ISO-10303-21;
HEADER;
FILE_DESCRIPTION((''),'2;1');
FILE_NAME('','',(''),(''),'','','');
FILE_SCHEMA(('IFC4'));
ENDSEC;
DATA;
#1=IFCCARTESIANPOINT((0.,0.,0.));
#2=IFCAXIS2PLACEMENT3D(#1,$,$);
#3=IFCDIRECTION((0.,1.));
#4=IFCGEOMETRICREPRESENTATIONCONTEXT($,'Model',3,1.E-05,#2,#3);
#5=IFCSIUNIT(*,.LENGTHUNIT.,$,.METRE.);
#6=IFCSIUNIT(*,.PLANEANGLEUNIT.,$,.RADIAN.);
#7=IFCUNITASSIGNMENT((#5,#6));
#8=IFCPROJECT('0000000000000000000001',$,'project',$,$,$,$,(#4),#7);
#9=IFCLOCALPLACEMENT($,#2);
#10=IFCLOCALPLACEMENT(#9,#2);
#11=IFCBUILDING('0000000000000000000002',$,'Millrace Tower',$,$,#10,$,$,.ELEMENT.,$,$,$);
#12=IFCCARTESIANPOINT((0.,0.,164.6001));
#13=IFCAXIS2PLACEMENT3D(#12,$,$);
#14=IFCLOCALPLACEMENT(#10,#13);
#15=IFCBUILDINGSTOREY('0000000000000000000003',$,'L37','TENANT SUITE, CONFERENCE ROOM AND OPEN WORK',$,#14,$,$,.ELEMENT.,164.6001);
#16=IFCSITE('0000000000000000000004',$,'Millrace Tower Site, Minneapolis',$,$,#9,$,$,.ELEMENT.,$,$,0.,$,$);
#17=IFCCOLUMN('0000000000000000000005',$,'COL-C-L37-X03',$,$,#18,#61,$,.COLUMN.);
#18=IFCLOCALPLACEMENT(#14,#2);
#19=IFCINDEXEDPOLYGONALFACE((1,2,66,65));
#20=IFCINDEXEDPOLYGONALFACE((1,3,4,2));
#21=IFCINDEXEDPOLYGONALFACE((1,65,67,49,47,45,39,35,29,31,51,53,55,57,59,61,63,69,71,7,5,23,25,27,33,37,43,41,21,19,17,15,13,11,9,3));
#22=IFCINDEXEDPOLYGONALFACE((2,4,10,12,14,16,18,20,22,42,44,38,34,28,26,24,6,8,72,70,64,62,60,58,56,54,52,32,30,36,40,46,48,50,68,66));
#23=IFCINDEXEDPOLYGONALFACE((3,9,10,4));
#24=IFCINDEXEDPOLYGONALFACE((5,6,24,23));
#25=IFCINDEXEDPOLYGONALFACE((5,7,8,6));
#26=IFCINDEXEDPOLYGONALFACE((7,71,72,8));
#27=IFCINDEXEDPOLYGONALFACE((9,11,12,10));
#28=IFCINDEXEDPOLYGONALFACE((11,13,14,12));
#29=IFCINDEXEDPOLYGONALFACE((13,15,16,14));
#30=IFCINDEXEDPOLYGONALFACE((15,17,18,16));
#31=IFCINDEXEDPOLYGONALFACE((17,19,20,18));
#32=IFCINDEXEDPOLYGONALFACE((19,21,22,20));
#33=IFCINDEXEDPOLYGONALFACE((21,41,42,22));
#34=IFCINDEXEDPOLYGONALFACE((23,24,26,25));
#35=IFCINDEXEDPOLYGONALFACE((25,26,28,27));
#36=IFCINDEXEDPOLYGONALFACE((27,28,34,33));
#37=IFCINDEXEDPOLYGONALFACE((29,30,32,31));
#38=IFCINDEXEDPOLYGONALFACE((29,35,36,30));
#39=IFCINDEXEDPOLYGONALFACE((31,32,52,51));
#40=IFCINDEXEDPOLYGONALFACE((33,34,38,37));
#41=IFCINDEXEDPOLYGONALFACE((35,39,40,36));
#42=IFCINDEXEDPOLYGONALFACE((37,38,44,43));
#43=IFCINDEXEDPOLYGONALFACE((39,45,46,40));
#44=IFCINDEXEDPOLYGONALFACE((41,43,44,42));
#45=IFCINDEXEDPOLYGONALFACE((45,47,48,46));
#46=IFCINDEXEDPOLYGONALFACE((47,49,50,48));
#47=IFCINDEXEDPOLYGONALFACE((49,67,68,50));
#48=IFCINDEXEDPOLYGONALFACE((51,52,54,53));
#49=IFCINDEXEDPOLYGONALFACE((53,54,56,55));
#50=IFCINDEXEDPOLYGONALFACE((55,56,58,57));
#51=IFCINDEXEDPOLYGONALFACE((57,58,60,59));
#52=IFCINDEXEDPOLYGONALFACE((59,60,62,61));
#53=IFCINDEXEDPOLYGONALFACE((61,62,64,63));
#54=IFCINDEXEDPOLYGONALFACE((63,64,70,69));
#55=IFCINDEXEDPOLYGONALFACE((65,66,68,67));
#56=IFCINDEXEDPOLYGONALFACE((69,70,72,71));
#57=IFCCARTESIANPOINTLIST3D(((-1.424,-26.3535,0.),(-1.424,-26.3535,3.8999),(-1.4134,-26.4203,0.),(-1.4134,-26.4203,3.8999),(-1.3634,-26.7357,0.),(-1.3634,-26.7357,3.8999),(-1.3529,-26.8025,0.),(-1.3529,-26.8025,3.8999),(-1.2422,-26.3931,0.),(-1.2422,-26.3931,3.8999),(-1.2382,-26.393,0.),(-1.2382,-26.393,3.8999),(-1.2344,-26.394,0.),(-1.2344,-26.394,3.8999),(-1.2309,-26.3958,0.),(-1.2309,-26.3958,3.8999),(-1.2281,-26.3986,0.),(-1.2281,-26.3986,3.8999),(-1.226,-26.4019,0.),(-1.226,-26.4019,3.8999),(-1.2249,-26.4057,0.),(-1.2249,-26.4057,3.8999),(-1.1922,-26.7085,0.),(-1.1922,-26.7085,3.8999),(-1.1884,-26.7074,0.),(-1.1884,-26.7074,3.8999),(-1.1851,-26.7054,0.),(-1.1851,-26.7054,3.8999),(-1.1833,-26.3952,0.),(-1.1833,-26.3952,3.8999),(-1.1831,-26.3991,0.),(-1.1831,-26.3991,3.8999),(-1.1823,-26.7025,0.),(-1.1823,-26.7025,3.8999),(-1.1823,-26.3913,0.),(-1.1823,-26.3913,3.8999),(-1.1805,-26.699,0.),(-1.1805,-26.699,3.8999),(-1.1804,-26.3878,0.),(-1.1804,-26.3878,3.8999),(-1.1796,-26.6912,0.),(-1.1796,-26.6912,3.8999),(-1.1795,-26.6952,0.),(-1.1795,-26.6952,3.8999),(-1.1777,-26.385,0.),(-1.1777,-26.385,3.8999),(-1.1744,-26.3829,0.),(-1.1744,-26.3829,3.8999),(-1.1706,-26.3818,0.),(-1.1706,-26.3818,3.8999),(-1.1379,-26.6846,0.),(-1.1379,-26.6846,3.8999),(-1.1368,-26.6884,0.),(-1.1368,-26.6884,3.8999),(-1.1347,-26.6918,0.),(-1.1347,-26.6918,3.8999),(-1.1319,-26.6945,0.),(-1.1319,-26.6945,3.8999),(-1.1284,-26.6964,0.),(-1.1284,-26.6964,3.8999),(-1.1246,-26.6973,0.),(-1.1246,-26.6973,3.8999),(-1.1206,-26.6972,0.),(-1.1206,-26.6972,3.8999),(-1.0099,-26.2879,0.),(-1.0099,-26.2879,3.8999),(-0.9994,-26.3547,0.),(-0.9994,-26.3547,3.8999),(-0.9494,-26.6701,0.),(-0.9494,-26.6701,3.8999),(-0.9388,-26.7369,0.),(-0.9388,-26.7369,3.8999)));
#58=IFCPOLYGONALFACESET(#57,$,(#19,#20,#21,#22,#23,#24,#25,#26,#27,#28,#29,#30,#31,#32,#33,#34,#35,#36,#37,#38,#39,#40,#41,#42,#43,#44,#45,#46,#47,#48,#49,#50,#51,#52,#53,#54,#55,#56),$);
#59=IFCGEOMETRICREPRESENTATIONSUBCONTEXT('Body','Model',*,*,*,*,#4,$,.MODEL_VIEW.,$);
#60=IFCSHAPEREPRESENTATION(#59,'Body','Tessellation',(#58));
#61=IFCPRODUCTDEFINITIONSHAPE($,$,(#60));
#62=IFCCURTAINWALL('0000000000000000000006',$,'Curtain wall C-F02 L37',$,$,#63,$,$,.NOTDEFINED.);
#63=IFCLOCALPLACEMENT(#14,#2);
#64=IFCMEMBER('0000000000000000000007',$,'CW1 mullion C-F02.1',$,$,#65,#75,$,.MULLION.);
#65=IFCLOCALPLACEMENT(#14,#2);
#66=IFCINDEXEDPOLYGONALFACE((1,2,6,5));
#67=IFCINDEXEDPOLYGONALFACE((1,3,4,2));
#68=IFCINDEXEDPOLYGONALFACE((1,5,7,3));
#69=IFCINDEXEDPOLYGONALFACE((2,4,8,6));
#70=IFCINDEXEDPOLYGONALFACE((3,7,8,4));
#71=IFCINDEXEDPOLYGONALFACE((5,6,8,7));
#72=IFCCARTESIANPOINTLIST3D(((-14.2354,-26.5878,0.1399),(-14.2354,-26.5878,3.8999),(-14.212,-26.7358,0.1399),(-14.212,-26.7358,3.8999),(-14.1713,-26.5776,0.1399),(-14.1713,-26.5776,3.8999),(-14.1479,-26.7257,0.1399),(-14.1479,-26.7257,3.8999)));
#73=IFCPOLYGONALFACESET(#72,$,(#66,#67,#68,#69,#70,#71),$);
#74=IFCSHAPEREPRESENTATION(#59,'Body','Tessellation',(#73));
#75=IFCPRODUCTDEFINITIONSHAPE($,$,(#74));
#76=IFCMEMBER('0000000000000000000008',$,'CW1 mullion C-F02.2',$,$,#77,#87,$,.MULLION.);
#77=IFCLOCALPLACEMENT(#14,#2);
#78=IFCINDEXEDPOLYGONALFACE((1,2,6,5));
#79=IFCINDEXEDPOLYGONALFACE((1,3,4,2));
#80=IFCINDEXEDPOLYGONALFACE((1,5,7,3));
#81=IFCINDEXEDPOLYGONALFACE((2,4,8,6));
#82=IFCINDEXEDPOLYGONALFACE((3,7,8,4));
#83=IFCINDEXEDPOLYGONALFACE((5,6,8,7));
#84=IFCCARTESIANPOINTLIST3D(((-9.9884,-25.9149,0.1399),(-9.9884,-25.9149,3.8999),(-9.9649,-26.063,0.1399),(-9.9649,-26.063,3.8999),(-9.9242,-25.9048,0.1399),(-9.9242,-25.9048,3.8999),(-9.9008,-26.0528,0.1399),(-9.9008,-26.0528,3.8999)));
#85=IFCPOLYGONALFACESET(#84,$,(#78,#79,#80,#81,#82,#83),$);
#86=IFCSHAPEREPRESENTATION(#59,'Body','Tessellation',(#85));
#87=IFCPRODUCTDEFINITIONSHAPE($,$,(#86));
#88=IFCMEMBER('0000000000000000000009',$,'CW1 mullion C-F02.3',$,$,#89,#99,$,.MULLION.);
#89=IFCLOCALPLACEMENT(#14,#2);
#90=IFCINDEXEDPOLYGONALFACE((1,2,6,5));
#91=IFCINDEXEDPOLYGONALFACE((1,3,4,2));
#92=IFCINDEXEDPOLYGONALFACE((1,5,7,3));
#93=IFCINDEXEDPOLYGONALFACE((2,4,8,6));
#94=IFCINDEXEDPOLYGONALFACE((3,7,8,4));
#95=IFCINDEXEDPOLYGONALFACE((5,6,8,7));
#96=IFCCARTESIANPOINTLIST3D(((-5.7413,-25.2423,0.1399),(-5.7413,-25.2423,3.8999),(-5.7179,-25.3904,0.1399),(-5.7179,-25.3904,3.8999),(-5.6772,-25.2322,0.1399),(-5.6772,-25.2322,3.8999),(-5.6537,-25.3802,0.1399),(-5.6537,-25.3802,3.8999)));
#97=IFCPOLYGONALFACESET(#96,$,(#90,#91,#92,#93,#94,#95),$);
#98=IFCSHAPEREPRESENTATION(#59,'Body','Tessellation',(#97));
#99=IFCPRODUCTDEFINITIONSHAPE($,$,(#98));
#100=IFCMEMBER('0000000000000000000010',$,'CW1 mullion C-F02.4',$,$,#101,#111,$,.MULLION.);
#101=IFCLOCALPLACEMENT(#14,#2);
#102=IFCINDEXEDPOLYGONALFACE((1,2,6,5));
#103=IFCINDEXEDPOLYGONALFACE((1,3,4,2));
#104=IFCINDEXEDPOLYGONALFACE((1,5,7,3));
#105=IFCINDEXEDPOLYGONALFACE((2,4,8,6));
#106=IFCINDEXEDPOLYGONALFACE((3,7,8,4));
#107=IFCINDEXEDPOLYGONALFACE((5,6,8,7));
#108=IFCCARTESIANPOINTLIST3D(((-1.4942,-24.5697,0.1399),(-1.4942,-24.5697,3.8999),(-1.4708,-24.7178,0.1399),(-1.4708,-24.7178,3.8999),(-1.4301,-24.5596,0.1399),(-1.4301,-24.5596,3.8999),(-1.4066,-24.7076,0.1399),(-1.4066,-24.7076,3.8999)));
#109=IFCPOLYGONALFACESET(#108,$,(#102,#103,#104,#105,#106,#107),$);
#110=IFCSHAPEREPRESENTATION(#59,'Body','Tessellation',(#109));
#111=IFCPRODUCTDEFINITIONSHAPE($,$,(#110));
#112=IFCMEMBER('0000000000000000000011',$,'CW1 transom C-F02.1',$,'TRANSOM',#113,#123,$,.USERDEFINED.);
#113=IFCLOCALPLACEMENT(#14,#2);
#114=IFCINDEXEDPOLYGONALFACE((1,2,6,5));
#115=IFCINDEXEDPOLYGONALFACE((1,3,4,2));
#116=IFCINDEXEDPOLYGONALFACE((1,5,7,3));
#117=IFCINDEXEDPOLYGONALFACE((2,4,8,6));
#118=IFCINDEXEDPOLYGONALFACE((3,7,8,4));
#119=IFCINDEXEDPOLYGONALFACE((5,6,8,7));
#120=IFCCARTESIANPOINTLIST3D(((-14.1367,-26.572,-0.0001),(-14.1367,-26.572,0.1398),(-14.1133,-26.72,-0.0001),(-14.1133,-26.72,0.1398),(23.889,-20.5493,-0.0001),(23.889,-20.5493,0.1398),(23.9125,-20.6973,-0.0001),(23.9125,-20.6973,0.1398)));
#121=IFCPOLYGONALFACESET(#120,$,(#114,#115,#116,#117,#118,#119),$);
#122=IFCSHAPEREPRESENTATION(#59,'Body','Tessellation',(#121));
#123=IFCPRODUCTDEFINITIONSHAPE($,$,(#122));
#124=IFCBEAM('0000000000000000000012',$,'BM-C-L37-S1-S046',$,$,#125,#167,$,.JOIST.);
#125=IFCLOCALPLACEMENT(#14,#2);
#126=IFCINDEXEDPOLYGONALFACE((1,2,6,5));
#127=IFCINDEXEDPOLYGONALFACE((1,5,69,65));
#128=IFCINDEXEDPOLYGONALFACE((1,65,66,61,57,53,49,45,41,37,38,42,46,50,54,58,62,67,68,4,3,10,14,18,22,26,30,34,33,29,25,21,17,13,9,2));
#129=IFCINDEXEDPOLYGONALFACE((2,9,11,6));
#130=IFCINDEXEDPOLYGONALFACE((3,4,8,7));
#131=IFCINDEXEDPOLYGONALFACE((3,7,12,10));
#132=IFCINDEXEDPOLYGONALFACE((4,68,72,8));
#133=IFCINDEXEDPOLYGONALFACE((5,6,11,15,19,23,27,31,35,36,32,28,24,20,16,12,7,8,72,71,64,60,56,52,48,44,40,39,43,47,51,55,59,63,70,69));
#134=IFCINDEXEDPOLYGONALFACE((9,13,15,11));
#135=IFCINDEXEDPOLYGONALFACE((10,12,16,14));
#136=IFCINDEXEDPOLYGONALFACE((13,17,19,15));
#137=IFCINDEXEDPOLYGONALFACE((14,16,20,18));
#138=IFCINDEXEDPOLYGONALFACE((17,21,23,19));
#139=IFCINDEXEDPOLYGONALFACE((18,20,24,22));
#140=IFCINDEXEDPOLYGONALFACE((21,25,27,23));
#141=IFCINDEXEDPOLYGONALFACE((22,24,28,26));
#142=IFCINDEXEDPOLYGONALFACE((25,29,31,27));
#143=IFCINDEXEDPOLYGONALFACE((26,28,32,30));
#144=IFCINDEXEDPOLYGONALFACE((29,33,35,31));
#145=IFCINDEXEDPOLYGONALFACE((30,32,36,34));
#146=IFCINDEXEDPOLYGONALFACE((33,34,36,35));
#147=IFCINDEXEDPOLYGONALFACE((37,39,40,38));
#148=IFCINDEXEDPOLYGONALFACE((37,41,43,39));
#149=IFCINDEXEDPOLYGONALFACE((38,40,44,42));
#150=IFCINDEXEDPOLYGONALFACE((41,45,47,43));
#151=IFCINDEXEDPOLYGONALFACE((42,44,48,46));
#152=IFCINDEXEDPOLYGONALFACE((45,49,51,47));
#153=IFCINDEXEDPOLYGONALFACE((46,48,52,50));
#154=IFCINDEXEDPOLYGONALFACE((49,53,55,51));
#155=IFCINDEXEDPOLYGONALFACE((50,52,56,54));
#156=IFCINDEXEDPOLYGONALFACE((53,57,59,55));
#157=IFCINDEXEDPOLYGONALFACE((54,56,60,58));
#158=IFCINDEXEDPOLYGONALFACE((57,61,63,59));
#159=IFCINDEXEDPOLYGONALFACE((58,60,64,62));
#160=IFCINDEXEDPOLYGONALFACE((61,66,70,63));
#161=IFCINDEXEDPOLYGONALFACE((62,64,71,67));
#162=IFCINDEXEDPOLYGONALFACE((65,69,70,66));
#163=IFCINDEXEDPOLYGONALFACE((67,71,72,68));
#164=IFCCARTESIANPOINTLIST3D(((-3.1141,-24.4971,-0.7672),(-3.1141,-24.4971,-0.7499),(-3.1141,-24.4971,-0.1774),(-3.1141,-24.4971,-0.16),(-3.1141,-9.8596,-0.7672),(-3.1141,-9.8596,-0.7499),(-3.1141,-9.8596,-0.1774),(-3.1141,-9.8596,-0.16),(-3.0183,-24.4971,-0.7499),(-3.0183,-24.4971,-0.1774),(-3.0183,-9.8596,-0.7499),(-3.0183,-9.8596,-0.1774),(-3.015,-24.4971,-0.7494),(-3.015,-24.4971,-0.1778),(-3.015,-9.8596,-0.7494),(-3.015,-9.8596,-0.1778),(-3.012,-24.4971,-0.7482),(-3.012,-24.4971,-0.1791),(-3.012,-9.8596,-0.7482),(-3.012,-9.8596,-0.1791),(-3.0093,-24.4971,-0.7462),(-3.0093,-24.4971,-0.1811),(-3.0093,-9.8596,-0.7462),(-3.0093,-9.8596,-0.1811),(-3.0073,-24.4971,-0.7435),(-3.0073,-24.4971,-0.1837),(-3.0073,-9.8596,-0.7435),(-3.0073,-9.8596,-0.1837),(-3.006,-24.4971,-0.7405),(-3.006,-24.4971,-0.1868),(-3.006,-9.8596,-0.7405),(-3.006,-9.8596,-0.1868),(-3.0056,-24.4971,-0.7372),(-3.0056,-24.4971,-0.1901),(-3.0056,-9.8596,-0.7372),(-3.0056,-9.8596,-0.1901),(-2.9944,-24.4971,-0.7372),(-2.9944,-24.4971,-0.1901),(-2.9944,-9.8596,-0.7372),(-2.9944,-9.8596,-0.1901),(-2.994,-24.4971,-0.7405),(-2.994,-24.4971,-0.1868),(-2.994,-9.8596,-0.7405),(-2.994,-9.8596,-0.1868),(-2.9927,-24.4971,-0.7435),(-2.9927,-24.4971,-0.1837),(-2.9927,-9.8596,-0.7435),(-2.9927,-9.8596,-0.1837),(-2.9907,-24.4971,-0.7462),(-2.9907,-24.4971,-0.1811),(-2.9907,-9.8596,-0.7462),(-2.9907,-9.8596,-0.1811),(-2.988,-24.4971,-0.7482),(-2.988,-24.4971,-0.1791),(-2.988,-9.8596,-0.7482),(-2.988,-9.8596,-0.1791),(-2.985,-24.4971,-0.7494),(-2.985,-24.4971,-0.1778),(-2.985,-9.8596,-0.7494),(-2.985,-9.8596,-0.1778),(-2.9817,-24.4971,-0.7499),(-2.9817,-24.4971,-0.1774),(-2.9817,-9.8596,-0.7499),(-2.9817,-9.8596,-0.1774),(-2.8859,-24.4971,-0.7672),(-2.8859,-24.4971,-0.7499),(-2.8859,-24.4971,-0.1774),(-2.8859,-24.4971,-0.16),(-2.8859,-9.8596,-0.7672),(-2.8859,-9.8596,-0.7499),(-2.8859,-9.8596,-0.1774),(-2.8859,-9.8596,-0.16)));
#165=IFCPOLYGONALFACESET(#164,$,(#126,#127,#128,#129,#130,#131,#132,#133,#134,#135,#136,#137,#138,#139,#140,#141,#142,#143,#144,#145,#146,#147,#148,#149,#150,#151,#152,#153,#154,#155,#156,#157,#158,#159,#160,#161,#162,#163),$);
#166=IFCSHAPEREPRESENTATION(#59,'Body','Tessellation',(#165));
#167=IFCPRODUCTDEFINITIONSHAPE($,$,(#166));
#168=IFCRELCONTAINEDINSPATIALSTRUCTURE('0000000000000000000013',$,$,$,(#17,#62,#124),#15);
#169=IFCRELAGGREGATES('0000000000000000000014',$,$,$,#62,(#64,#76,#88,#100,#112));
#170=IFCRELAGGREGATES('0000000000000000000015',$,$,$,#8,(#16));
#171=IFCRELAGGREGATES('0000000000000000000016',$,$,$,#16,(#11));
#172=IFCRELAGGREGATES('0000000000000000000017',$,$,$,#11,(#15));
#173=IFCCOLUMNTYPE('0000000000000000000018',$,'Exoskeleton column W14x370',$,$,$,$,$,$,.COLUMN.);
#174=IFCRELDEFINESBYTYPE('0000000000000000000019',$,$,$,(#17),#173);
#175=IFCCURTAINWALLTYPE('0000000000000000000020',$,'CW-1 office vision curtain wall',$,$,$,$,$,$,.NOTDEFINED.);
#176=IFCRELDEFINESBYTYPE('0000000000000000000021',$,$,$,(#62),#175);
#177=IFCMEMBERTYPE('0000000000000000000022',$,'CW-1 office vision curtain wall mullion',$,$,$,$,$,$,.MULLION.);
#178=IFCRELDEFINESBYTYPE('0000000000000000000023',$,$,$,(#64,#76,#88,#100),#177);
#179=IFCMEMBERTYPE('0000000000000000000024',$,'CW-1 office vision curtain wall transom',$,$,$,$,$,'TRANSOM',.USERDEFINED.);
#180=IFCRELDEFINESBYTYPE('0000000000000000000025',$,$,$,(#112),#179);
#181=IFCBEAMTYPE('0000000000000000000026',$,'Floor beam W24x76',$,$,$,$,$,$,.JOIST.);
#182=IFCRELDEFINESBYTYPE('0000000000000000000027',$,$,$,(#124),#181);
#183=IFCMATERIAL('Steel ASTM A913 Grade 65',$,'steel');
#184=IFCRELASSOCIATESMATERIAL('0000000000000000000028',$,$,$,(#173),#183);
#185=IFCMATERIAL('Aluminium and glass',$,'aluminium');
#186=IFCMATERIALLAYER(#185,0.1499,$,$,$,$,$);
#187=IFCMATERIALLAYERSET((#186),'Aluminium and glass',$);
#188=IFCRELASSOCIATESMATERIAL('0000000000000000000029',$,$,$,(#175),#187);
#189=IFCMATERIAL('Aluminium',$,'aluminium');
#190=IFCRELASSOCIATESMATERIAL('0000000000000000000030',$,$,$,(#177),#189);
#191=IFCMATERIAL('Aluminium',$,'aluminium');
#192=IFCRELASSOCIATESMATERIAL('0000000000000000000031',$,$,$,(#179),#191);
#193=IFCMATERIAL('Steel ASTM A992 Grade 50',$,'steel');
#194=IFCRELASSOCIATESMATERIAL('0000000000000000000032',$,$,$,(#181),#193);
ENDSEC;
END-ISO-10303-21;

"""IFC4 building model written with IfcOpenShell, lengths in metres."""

from ifc_helpers import new_model, si_unit, direction, frame, origin, origin_2d, place, context, subcontext, project, spatial, rectangle, i_section, extrude, material, layer, layer_set, material_profile, profile_set, type_object, element, aggregate, save


model = new_model("IFC4")

# Units and contexts
model_context = context("Model", 3, precision=1e-05, world=origin(), true_north=direction((0.0, 1.0)))
body_context = subcontext(model_context, "Body", "Model", "MODEL_VIEW")
ifc_project = project(units=[si_unit("LENGTHUNIT", "METRE"), si_unit("PLANEANGLEUNIT", "RADIAN")], contexts=[model_context])

# Site, building, storey
site_placement = place(None, origin())
site = spatial("IfcSite", under=ifc_project, at=site_placement, Name="Millrace Tower Site, Minneapolis", CompositionType="ELEMENT", RefElevation=0.0)
building_placement = place(site_placement, origin())
building = spatial("IfcBuilding", under=site, at=building_placement, Name="Millrace Tower", CompositionType="ELEMENT")
storey_placement = place(building_placement, frame((0.0, 0.0, 164.6001)))
storey = spatial("IfcBuildingStorey", under=building, at=storey_placement, Name="L37", Description="TENANT SUITE, CONFERENCE ROOM AND OPEN WORK", CompositionType="ELEMENT", Elevation=164.6001)

# Column
ifc_material_1 = material(Name="Steel ASTM A913 Grade 65", Category="steel")
ifc_material_profile_1 = material_profile(ifc_material_1, i_section(OverallWidth=0.4192, OverallDepth=0.4546, WebThickness=0.0422, FlangeThickness=0.0676, FilletRadius=0.0151, at=origin_2d()))
ifc_profile_set_1 = profile_set([ifc_material_profile_1], Name="Steel ASTM A913 Grade 65")
column_type = type_object("IfcColumnType", Name="Exoskeleton column W14x370", PredefinedType="COLUMN", material=ifc_profile_set_1)
column_placement = place(storey_placement, frame((-1.1814, -26.5452, 0.0), z_axis=(0.0, 0.0, 1.0), x_axis=(0.987688, 0.156434, 0.0)))
element("IfcColumn", 1, at=column_placement, inside=storey, type_object=column_type, Name="COL-C-L37-X03", PredefinedType="COLUMN", context=body_context, shape_type="SweptSolid", body=[
    extrude(i_section(OverallWidth=0.4192, OverallDepth=0.4546, WebThickness=0.0422, FlangeThickness=0.0676, FilletRadius=0.0151, at=origin_2d()), origin(), (0.0, 0.0, 1.0), 3.8999),
])

# Curtain wall, members
ifc_material_2 = material(Name="Aluminium and glass", Category="aluminium")
ifc_layer_1 = layer(ifc_material_2, 0.1499)
ifc_layer_set_1 = layer_set([ifc_layer_1], Name="Aluminium and glass")
curtain_wall_type = type_object("IfcCurtainWallType", Name="CW-1 office vision curtain wall", PredefinedType="NOTDEFINED", material=ifc_layer_set_1)
curtain_wall_placement = place(storey_placement, origin())
curtain_wall = element("IfcCurtainWall", 2, at=curtain_wall_placement, inside=storey, type_object=curtain_wall_type, Name="Curtain wall C-F02 L37", PredefinedType="NOTDEFINED")
ifc_material_3 = material(Name="Aluminium", Category="aluminium")
ifc_material_profile_2 = material_profile(ifc_material_3, rectangle(XDim=0.0649, YDim=0.1499, at=origin_2d()))
ifc_profile_set_2 = profile_set([ifc_material_profile_2], Name="Aluminium")
member_type_1 = type_object("IfcMemberType", Name="CW-1 office vision curtain wall mullion", PredefinedType="MULLION", material=ifc_profile_set_2)
member_1_placement = place(storey_placement, frame((-14.1917, -26.6567, 0.1399), z_axis=(0.0, 0.0, 1.0), x_axis=(0.987688, 0.156434, 0.0)))
member_1 = element("IfcMember", 3, at=member_1_placement, type_object=member_type_1, Name="CW1 mullion C-F02.1", PredefinedType="MULLION", context=body_context, shape_type="SweptSolid", body=[
    extrude(rectangle(XDim=0.0649, YDim=0.1499, at=origin_2d()), origin(), (0.0, 0.0, 1.0), 3.76),
])
member_2_placement = place(storey_placement, frame((-9.9446, -25.9839, 0.1399), z_axis=(0.0, 0.0, 1.0), x_axis=(0.987688, 0.156434, 0.0)))
member_2 = element("IfcMember", 4, at=member_2_placement, type_object=member_type_1, Name="CW1 mullion C-F02.2", PredefinedType="MULLION", context=body_context, shape_type="SweptSolid", body=[
    extrude(rectangle(XDim=0.0649, YDim=0.1499, at=origin_2d()), origin(), (0.0, 0.0, 1.0), 3.76),
])
member_3_placement = place(storey_placement, frame((-5.6975, -25.3113, 0.1399), z_axis=(0.0, 0.0, 1.0), x_axis=(0.987688, 0.156434, 0.0)))
member_3 = element("IfcMember", 5, at=member_3_placement, type_object=member_type_1, Name="CW1 mullion C-F02.3", PredefinedType="MULLION", context=body_context, shape_type="SweptSolid", body=[
    extrude(rectangle(XDim=0.0649, YDim=0.1499, at=origin_2d()), origin(), (0.0, 0.0, 1.0), 3.76),
])
member_4_placement = place(storey_placement, frame((-1.4504, -24.6387, 0.1399), z_axis=(0.0, 0.0, 1.0), x_axis=(0.987688, 0.156434, 0.0)))
member_4 = element("IfcMember", 6, at=member_4_placement, type_object=member_type_1, Name="CW1 mullion C-F02.4", PredefinedType="MULLION", context=body_context, shape_type="SweptSolid", body=[
    extrude(rectangle(XDim=0.0649, YDim=0.1499, at=origin_2d()), origin(), (0.0, 0.0, 1.0), 3.76),
])
ifc_material_4 = material(Name="Aluminium", Category="aluminium")
ifc_material_profile_3 = material_profile(ifc_material_4, rectangle(XDim=0.1499, YDim=0.1399, at=origin_2d()))
ifc_profile_set_3 = profile_set([ifc_material_profile_3], Name="Aluminium")
member_type_2 = type_object("IfcMemberType", Name="CW-1 office vision curtain wall transom", ElementType="TRANSOM", PredefinedType="USERDEFINED", material=ifc_profile_set_3)
member_5_placement = place(storey_placement, frame((-14.125, -26.646, 0.0698), z_axis=(0.987688, 0.156434, 0.0), x_axis=(-0.156434, 0.987688, 0.0)))
member_5 = element("IfcMember", 7, at=member_5_placement, type_object=member_type_2, Name="CW1 transom C-F02.1", ObjectType="TRANSOM", PredefinedType="USERDEFINED", context=body_context, shape_type="SweptSolid", body=[
    extrude(rectangle(XDim=0.1499, YDim=0.1399, at=origin_2d()), origin(), (0.0, 0.0, 1.0), 38.4998),
])
aggregate(curtain_wall, [member_1, member_2, member_3, member_4, member_5])

# Beam
ifc_material_5 = material(Name="Steel ASTM A992 Grade 50", Category="steel")
ifc_material_profile_4 = material_profile(ifc_material_5, i_section(OverallWidth=0.2283, OverallDepth=0.6072, WebThickness=0.0112, FlangeThickness=0.0173, FilletRadius=0.0127, at=origin_2d()))
ifc_profile_set_4 = profile_set([ifc_material_profile_4], Name="Steel ASTM A992 Grade 50")
beam_type_1 = type_object("IfcBeamType", Name="Floor beam W24x76", PredefinedType="JOIST", material=ifc_profile_set_4)
beam_1_placement = place(storey_placement, frame((-3.0, -24.4971, -0.4636), z_axis=(0.0, 1.0, 0.0), x_axis=(-1.0, 0.0, 0.0)))
element("IfcBeam", 8, at=beam_1_placement, inside=storey, type_object=beam_type_1, Name="BM-C-L37-S1-S046", PredefinedType="JOIST", context=body_context, shape_type="SweptSolid", body=[
    extrude(i_section(OverallWidth=0.2283, OverallDepth=0.6072, WebThickness=0.0112, FlangeThickness=0.0173, FilletRadius=0.0127, at=origin_2d()), origin(), (0.0, 0.0, 1.0), 14.6375),
])

save(model, "model.ifc")
